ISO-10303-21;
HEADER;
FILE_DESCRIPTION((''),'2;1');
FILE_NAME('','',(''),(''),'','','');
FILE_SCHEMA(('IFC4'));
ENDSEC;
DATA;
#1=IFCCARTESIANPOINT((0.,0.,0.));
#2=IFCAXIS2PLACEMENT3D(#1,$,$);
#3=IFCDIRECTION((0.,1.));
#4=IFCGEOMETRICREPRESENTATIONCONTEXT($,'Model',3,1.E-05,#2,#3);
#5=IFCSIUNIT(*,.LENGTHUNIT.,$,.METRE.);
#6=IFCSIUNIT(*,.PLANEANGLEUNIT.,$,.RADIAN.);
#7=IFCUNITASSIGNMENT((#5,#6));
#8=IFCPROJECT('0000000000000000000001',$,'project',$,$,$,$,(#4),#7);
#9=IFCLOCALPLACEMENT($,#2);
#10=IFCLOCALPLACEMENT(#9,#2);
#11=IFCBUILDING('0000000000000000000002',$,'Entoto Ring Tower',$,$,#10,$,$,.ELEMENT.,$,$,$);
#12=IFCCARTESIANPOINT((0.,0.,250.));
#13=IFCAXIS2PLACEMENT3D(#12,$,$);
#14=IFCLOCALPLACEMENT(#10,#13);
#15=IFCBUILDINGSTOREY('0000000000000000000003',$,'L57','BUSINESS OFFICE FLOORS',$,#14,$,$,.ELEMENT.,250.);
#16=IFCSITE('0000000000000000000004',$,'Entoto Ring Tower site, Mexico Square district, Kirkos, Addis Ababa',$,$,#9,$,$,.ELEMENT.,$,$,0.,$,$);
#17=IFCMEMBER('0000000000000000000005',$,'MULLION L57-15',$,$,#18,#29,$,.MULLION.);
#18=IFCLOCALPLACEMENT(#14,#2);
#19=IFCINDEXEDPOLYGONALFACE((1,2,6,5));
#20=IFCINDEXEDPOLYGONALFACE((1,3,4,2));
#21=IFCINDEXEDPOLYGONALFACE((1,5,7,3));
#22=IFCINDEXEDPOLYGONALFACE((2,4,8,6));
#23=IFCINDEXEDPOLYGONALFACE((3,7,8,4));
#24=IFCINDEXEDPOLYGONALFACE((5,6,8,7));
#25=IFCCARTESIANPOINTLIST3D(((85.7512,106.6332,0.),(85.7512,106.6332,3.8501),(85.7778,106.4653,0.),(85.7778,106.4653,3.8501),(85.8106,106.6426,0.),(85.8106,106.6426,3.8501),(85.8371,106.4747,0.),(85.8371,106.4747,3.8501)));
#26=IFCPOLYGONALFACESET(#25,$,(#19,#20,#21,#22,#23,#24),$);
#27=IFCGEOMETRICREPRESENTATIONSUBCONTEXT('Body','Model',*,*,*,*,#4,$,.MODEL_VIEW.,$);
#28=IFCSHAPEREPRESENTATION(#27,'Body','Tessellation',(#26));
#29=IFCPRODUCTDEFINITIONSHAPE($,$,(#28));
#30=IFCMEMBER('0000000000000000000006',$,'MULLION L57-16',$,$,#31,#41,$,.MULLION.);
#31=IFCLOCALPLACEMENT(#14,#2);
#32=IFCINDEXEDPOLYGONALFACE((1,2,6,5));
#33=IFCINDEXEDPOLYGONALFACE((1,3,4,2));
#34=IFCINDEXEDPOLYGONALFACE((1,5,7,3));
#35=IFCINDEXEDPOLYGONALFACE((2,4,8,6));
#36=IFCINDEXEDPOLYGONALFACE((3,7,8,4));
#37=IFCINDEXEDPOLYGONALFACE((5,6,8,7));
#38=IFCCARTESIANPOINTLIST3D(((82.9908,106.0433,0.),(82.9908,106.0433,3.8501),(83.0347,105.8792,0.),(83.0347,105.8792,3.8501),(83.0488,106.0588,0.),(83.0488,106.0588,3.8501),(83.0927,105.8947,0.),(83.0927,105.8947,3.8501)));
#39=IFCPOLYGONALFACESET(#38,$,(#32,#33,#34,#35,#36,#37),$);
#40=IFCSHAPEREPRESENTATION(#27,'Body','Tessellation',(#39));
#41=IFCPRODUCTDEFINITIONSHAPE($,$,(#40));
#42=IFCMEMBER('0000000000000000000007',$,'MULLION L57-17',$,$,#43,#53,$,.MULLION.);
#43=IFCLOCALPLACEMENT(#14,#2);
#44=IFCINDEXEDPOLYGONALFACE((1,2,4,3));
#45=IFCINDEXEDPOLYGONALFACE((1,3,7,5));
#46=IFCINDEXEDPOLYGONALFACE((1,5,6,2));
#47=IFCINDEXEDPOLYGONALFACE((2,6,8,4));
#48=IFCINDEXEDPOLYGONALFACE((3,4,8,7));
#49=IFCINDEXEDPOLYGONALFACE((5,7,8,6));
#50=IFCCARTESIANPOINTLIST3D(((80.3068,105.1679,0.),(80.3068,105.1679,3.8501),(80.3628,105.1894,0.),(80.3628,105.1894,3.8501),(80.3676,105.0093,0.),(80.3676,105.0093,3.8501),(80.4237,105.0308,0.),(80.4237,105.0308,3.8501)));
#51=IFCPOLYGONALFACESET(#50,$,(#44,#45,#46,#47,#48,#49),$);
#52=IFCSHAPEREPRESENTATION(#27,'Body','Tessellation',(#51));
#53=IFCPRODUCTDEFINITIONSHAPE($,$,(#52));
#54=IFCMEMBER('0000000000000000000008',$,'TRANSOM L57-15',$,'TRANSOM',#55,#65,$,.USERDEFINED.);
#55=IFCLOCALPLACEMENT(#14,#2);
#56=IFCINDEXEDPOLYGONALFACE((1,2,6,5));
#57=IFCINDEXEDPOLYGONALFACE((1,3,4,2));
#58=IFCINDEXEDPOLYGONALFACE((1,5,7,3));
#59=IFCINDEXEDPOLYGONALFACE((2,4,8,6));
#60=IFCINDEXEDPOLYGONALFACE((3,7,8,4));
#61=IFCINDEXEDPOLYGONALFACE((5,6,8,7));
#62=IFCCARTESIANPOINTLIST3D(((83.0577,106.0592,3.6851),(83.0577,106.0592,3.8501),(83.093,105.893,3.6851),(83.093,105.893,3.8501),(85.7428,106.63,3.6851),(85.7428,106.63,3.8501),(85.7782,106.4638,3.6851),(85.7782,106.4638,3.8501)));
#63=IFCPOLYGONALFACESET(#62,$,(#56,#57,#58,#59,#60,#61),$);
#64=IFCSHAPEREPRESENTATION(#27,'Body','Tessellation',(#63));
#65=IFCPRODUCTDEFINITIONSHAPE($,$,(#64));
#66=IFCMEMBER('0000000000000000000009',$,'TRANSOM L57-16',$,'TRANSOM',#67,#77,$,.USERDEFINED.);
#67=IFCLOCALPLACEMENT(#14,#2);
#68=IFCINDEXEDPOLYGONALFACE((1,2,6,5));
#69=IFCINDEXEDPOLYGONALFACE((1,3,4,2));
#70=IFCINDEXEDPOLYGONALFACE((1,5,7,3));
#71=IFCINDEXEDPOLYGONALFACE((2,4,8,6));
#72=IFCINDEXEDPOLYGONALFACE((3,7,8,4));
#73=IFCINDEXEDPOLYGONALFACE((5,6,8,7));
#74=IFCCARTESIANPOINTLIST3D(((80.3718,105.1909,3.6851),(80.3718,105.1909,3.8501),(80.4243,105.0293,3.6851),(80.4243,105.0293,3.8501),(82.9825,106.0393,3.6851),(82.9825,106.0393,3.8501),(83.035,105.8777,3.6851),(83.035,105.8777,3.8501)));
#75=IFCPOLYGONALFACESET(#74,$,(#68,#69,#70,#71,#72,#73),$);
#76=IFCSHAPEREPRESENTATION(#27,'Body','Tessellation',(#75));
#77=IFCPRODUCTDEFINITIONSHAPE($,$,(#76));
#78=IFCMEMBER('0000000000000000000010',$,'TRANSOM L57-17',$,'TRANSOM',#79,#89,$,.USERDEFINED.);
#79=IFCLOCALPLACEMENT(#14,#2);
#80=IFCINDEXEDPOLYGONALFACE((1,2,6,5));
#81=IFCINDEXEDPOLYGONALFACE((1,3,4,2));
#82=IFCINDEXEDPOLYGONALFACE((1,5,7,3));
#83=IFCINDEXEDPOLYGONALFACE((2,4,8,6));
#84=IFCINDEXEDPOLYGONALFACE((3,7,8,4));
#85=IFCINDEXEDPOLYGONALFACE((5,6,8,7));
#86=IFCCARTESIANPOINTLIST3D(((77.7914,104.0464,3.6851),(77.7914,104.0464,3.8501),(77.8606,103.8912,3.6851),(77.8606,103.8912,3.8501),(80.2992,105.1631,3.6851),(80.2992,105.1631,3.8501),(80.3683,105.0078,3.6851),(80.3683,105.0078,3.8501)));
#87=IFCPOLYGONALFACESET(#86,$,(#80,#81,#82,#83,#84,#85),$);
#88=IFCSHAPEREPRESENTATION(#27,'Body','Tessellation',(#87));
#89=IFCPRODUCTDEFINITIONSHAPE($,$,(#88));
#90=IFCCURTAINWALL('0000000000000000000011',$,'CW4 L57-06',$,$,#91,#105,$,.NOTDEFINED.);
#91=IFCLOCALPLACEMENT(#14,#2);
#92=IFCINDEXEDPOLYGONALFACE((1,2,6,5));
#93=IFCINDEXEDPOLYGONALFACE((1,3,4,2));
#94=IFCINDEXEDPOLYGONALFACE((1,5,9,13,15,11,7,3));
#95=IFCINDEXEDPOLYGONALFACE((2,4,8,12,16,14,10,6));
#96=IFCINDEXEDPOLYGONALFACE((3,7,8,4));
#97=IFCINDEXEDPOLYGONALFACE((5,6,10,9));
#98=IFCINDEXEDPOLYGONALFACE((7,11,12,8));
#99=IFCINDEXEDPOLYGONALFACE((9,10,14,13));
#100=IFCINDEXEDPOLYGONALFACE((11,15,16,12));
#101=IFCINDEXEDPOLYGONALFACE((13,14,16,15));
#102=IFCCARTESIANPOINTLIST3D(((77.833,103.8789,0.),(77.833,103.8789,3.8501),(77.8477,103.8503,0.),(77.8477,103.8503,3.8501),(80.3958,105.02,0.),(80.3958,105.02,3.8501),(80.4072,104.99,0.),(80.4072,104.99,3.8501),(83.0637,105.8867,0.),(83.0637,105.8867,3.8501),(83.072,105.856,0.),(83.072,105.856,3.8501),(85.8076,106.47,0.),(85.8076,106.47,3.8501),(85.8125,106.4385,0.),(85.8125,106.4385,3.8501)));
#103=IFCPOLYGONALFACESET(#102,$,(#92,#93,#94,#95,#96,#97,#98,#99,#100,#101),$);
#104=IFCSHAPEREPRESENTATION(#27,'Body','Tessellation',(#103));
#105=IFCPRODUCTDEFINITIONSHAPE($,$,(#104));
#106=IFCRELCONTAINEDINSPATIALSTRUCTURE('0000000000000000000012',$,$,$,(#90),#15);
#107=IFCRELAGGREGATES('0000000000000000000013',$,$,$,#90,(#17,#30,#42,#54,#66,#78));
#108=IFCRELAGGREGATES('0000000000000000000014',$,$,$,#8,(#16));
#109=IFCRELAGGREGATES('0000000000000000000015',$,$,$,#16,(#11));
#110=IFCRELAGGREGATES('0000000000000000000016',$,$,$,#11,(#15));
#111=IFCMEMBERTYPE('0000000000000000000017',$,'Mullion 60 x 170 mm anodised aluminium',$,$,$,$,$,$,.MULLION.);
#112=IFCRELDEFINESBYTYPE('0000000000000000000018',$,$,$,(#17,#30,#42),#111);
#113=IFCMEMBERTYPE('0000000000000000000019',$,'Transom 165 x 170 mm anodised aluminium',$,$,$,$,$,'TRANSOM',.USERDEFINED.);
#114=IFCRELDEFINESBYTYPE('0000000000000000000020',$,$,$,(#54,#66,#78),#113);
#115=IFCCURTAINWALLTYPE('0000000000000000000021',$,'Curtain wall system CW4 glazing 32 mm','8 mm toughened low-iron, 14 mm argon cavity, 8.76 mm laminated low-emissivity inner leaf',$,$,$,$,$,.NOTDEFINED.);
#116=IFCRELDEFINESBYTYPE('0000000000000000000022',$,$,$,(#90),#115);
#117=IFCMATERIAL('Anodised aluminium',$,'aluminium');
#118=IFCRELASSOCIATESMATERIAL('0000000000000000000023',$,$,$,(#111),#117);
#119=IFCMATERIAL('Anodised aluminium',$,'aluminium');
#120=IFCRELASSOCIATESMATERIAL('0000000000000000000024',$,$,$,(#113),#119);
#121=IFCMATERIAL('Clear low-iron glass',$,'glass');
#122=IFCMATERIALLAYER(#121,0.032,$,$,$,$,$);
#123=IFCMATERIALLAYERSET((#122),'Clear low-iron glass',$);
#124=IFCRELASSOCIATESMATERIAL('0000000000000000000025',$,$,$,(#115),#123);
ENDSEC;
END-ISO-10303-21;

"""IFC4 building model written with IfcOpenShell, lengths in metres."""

from ifc_helpers import new_model, si_unit, direction, frame, origin, origin_2d, place, context, subcontext, project, spatial, polyline, rectangle, outline, extrude, material, layer, layer_set, material_profile, profile_set, type_object, element, aggregate, save


model = new_model("IFC4")

# Units and contexts
model_context = context("Model", 3, precision=1e-05, world=origin(), true_north=direction((0.0, 1.0)))
body_context = subcontext(model_context, "Body", "Model", "MODEL_VIEW")
ifc_project = project(units=[si_unit("LENGTHUNIT", "METRE"), si_unit("PLANEANGLEUNIT", "RADIAN")], contexts=[model_context])

# Members
ifc_material_1 = material(Name="Anodised aluminium", Category="aluminium")
ifc_material_profile_1 = material_profile(ifc_material_1, rectangle(XDim=0.0601, YDim=0.1699, at=origin_2d()), Name="Mullion 60 x 170 mm anodised aluminium")
ifc_profile_set_1 = profile_set([ifc_material_profile_1], Name="Anodised aluminium")
member_type_1 = type_object("IfcMemberType", Name="Mullion 60 x 170 mm anodised aluminium", PredefinedType="MULLION", material=ifc_profile_set_1)
site_placement = place(None, origin())
building_placement = place(site_placement, origin())
storey_placement = place(building_placement, frame((0.0, 0.0, 250.0)))
member_1_placement = place(storey_placement, frame((85.7942, 106.554, 0.0), z_axis=(0.0, 0.0, 1.0), x_axis=(-0.987688, -0.156434, 0.0)))
member_1 = element("IfcMember", 1, at=member_1_placement, type_object=member_type_1, Name="MULLION L57-15", PredefinedType="MULLION", context=body_context, shape_type="SweptSolid", body=[
    extrude(rectangle(XDim=0.0601, YDim=0.1699, at=origin_2d()), origin(), (0.0, 0.0, 1.0), 3.8501),
])
member_2_placement = place(storey_placement, frame((83.0417, 105.969, 0.0), z_axis=(0.0, 0.0, 1.0), x_axis=(-0.965926, -0.258819, 0.0)))
member_2 = element("IfcMember", 2, at=member_2_placement, type_object=member_type_1, Name="MULLION L57-16", PredefinedType="MULLION", context=body_context, shape_type="SweptSolid", body=[
    extrude(rectangle(XDim=0.0601, YDim=0.1699, at=origin_2d()), origin(), (0.0, 0.0, 1.0), 3.8501),
])
member_3_placement = place(storey_placement, frame((80.3652, 105.0994, 0.0), z_axis=(0.0, 0.0, 1.0), x_axis=(-0.93358, -0.358368, 0.0)))
member_3 = element("IfcMember", 3, at=member_3_placement, type_object=member_type_1, Name="MULLION L57-17", PredefinedType="MULLION", context=body_context, shape_type="SweptSolid", body=[
    extrude(rectangle(XDim=0.0601, YDim=0.1699, at=origin_2d()), origin(), (0.0, 0.0, 1.0), 3.8501),
])
ifc_material_2 = material(Name="Anodised aluminium", Category="aluminium")
ifc_material_profile_2 = material_profile(ifc_material_2, rectangle(XDim=0.1699, YDim=0.165, at=origin_2d()), Name="Transom 165 x 170 mm anodised aluminium")
ifc_profile_set_2 = profile_set([ifc_material_profile_2], Name="Anodised aluminium")
member_type_2 = type_object("IfcMemberType", Name="Transom 165 x 170 mm anodised aluminium", ElementType="TRANSOM", PredefinedType="USERDEFINED", material=ifc_profile_set_2)
member_4_placement = place(storey_placement, frame((85.7605, 106.5469, 3.7676), z_axis=(-0.978142, -0.207937, 0.0), x_axis=(0.207937, -0.978142, 0.0)))
member_4 = element("IfcMember", 4, at=member_4_placement, type_object=member_type_2, Name="TRANSOM L57-15", ObjectType="TRANSOM", PredefinedType="USERDEFINED", context=body_context, shape_type="SweptSolid", body=[
    extrude(rectangle(XDim=0.1699, YDim=0.165, at=origin_2d()), origin(), (0.0, 0.0, 1.0), 2.7451),
])
member_5_placement = place(storey_placement, frame((83.0088, 105.9585, 3.7676), z_axis=(-0.951048, -0.309042, 0.0), x_axis=(0.309042, -0.951048, 0.0)))
member_5 = element("IfcMember", 5, at=member_5_placement, type_object=member_type_2, Name="TRANSOM L57-16", ObjectType="TRANSOM", PredefinedType="USERDEFINED", context=body_context, shape_type="SweptSolid", body=[
    extrude(rectangle(XDim=0.1699, YDim=0.165, at=origin_2d()), origin(), (0.0, 0.0, 1.0), 2.7451),
])
member_6_placement = place(storey_placement, frame((80.3337, 105.0854, 3.7676), z_axis=(-0.913525, -0.406782, 0.0), x_axis=(0.406782, -0.913525, 0.0)))
member_6 = element("IfcMember", 6, at=member_6_placement, type_object=member_type_2, Name="TRANSOM L57-17", ObjectType="TRANSOM", PredefinedType="USERDEFINED", context=body_context, shape_type="SweptSolid", body=[
    extrude(rectangle(XDim=0.1699, YDim=0.165, at=origin_2d()), origin(), (0.0, 0.0, 1.0), 2.7451),
])

# Site, building, storey
site = spatial("IfcSite", under=ifc_project, at=site_placement, Name="Entoto Ring Tower site, Mexico Square district, Kirkos, Addis Ababa", CompositionType="ELEMENT", RefElevation=0.0)
building = spatial("IfcBuilding", under=site, at=building_placement, Name="Entoto Ring Tower", CompositionType="ELEMENT")
storey = spatial("IfcBuildingStorey", under=building, at=storey_placement, Name="L57", Description="BUSINESS OFFICE FLOORS", CompositionType="ELEMENT", Elevation=250.0)

# Curtain wall
ifc_material_3 = material(Name="Clear low-iron glass", Category="glass")
ifc_layer = layer(ifc_material_3, 0.032)
ifc_layer_set = layer_set([ifc_layer], Name="Clear low-iron glass")
curtain_wall_type = type_object("IfcCurtainWallType", Name="Curtain wall system CW4 glazing 32 mm", Description="8 mm toughened low-iron, 14 mm argon cavity, 8.76 mm laminated low-emissivity inner leaf", PredefinedType="NOTDEFINED", material=ifc_layer_set)
curtain_wall_1_placement = place(storey_placement, origin())
curtain_wall_1 = element("IfcCurtainWall", 7, at=curtain_wall_1_placement, inside=storey, type_object=curtain_wall_type, Name="CW4 L57-06", PredefinedType="NOTDEFINED", context=body_context, shape_type="SweptSolid", body=[
    extrude(outline(polyline([(85.8076, 106.47), (83.0637, 105.8867), (80.3958, 105.02), (77.833, 103.8789), (77.8477, 103.8503), (80.4072, 104.99), (83.072, 105.856), (85.8125, 106.4385), (85.8076, 106.47)])), origin(), (0.0, 0.0, 1.0), 3.8501),
])
aggregate(curtain_wall_1, [member_1, member_2, member_3, member_4, member_5, member_6])

save(model, "model.ifc")
